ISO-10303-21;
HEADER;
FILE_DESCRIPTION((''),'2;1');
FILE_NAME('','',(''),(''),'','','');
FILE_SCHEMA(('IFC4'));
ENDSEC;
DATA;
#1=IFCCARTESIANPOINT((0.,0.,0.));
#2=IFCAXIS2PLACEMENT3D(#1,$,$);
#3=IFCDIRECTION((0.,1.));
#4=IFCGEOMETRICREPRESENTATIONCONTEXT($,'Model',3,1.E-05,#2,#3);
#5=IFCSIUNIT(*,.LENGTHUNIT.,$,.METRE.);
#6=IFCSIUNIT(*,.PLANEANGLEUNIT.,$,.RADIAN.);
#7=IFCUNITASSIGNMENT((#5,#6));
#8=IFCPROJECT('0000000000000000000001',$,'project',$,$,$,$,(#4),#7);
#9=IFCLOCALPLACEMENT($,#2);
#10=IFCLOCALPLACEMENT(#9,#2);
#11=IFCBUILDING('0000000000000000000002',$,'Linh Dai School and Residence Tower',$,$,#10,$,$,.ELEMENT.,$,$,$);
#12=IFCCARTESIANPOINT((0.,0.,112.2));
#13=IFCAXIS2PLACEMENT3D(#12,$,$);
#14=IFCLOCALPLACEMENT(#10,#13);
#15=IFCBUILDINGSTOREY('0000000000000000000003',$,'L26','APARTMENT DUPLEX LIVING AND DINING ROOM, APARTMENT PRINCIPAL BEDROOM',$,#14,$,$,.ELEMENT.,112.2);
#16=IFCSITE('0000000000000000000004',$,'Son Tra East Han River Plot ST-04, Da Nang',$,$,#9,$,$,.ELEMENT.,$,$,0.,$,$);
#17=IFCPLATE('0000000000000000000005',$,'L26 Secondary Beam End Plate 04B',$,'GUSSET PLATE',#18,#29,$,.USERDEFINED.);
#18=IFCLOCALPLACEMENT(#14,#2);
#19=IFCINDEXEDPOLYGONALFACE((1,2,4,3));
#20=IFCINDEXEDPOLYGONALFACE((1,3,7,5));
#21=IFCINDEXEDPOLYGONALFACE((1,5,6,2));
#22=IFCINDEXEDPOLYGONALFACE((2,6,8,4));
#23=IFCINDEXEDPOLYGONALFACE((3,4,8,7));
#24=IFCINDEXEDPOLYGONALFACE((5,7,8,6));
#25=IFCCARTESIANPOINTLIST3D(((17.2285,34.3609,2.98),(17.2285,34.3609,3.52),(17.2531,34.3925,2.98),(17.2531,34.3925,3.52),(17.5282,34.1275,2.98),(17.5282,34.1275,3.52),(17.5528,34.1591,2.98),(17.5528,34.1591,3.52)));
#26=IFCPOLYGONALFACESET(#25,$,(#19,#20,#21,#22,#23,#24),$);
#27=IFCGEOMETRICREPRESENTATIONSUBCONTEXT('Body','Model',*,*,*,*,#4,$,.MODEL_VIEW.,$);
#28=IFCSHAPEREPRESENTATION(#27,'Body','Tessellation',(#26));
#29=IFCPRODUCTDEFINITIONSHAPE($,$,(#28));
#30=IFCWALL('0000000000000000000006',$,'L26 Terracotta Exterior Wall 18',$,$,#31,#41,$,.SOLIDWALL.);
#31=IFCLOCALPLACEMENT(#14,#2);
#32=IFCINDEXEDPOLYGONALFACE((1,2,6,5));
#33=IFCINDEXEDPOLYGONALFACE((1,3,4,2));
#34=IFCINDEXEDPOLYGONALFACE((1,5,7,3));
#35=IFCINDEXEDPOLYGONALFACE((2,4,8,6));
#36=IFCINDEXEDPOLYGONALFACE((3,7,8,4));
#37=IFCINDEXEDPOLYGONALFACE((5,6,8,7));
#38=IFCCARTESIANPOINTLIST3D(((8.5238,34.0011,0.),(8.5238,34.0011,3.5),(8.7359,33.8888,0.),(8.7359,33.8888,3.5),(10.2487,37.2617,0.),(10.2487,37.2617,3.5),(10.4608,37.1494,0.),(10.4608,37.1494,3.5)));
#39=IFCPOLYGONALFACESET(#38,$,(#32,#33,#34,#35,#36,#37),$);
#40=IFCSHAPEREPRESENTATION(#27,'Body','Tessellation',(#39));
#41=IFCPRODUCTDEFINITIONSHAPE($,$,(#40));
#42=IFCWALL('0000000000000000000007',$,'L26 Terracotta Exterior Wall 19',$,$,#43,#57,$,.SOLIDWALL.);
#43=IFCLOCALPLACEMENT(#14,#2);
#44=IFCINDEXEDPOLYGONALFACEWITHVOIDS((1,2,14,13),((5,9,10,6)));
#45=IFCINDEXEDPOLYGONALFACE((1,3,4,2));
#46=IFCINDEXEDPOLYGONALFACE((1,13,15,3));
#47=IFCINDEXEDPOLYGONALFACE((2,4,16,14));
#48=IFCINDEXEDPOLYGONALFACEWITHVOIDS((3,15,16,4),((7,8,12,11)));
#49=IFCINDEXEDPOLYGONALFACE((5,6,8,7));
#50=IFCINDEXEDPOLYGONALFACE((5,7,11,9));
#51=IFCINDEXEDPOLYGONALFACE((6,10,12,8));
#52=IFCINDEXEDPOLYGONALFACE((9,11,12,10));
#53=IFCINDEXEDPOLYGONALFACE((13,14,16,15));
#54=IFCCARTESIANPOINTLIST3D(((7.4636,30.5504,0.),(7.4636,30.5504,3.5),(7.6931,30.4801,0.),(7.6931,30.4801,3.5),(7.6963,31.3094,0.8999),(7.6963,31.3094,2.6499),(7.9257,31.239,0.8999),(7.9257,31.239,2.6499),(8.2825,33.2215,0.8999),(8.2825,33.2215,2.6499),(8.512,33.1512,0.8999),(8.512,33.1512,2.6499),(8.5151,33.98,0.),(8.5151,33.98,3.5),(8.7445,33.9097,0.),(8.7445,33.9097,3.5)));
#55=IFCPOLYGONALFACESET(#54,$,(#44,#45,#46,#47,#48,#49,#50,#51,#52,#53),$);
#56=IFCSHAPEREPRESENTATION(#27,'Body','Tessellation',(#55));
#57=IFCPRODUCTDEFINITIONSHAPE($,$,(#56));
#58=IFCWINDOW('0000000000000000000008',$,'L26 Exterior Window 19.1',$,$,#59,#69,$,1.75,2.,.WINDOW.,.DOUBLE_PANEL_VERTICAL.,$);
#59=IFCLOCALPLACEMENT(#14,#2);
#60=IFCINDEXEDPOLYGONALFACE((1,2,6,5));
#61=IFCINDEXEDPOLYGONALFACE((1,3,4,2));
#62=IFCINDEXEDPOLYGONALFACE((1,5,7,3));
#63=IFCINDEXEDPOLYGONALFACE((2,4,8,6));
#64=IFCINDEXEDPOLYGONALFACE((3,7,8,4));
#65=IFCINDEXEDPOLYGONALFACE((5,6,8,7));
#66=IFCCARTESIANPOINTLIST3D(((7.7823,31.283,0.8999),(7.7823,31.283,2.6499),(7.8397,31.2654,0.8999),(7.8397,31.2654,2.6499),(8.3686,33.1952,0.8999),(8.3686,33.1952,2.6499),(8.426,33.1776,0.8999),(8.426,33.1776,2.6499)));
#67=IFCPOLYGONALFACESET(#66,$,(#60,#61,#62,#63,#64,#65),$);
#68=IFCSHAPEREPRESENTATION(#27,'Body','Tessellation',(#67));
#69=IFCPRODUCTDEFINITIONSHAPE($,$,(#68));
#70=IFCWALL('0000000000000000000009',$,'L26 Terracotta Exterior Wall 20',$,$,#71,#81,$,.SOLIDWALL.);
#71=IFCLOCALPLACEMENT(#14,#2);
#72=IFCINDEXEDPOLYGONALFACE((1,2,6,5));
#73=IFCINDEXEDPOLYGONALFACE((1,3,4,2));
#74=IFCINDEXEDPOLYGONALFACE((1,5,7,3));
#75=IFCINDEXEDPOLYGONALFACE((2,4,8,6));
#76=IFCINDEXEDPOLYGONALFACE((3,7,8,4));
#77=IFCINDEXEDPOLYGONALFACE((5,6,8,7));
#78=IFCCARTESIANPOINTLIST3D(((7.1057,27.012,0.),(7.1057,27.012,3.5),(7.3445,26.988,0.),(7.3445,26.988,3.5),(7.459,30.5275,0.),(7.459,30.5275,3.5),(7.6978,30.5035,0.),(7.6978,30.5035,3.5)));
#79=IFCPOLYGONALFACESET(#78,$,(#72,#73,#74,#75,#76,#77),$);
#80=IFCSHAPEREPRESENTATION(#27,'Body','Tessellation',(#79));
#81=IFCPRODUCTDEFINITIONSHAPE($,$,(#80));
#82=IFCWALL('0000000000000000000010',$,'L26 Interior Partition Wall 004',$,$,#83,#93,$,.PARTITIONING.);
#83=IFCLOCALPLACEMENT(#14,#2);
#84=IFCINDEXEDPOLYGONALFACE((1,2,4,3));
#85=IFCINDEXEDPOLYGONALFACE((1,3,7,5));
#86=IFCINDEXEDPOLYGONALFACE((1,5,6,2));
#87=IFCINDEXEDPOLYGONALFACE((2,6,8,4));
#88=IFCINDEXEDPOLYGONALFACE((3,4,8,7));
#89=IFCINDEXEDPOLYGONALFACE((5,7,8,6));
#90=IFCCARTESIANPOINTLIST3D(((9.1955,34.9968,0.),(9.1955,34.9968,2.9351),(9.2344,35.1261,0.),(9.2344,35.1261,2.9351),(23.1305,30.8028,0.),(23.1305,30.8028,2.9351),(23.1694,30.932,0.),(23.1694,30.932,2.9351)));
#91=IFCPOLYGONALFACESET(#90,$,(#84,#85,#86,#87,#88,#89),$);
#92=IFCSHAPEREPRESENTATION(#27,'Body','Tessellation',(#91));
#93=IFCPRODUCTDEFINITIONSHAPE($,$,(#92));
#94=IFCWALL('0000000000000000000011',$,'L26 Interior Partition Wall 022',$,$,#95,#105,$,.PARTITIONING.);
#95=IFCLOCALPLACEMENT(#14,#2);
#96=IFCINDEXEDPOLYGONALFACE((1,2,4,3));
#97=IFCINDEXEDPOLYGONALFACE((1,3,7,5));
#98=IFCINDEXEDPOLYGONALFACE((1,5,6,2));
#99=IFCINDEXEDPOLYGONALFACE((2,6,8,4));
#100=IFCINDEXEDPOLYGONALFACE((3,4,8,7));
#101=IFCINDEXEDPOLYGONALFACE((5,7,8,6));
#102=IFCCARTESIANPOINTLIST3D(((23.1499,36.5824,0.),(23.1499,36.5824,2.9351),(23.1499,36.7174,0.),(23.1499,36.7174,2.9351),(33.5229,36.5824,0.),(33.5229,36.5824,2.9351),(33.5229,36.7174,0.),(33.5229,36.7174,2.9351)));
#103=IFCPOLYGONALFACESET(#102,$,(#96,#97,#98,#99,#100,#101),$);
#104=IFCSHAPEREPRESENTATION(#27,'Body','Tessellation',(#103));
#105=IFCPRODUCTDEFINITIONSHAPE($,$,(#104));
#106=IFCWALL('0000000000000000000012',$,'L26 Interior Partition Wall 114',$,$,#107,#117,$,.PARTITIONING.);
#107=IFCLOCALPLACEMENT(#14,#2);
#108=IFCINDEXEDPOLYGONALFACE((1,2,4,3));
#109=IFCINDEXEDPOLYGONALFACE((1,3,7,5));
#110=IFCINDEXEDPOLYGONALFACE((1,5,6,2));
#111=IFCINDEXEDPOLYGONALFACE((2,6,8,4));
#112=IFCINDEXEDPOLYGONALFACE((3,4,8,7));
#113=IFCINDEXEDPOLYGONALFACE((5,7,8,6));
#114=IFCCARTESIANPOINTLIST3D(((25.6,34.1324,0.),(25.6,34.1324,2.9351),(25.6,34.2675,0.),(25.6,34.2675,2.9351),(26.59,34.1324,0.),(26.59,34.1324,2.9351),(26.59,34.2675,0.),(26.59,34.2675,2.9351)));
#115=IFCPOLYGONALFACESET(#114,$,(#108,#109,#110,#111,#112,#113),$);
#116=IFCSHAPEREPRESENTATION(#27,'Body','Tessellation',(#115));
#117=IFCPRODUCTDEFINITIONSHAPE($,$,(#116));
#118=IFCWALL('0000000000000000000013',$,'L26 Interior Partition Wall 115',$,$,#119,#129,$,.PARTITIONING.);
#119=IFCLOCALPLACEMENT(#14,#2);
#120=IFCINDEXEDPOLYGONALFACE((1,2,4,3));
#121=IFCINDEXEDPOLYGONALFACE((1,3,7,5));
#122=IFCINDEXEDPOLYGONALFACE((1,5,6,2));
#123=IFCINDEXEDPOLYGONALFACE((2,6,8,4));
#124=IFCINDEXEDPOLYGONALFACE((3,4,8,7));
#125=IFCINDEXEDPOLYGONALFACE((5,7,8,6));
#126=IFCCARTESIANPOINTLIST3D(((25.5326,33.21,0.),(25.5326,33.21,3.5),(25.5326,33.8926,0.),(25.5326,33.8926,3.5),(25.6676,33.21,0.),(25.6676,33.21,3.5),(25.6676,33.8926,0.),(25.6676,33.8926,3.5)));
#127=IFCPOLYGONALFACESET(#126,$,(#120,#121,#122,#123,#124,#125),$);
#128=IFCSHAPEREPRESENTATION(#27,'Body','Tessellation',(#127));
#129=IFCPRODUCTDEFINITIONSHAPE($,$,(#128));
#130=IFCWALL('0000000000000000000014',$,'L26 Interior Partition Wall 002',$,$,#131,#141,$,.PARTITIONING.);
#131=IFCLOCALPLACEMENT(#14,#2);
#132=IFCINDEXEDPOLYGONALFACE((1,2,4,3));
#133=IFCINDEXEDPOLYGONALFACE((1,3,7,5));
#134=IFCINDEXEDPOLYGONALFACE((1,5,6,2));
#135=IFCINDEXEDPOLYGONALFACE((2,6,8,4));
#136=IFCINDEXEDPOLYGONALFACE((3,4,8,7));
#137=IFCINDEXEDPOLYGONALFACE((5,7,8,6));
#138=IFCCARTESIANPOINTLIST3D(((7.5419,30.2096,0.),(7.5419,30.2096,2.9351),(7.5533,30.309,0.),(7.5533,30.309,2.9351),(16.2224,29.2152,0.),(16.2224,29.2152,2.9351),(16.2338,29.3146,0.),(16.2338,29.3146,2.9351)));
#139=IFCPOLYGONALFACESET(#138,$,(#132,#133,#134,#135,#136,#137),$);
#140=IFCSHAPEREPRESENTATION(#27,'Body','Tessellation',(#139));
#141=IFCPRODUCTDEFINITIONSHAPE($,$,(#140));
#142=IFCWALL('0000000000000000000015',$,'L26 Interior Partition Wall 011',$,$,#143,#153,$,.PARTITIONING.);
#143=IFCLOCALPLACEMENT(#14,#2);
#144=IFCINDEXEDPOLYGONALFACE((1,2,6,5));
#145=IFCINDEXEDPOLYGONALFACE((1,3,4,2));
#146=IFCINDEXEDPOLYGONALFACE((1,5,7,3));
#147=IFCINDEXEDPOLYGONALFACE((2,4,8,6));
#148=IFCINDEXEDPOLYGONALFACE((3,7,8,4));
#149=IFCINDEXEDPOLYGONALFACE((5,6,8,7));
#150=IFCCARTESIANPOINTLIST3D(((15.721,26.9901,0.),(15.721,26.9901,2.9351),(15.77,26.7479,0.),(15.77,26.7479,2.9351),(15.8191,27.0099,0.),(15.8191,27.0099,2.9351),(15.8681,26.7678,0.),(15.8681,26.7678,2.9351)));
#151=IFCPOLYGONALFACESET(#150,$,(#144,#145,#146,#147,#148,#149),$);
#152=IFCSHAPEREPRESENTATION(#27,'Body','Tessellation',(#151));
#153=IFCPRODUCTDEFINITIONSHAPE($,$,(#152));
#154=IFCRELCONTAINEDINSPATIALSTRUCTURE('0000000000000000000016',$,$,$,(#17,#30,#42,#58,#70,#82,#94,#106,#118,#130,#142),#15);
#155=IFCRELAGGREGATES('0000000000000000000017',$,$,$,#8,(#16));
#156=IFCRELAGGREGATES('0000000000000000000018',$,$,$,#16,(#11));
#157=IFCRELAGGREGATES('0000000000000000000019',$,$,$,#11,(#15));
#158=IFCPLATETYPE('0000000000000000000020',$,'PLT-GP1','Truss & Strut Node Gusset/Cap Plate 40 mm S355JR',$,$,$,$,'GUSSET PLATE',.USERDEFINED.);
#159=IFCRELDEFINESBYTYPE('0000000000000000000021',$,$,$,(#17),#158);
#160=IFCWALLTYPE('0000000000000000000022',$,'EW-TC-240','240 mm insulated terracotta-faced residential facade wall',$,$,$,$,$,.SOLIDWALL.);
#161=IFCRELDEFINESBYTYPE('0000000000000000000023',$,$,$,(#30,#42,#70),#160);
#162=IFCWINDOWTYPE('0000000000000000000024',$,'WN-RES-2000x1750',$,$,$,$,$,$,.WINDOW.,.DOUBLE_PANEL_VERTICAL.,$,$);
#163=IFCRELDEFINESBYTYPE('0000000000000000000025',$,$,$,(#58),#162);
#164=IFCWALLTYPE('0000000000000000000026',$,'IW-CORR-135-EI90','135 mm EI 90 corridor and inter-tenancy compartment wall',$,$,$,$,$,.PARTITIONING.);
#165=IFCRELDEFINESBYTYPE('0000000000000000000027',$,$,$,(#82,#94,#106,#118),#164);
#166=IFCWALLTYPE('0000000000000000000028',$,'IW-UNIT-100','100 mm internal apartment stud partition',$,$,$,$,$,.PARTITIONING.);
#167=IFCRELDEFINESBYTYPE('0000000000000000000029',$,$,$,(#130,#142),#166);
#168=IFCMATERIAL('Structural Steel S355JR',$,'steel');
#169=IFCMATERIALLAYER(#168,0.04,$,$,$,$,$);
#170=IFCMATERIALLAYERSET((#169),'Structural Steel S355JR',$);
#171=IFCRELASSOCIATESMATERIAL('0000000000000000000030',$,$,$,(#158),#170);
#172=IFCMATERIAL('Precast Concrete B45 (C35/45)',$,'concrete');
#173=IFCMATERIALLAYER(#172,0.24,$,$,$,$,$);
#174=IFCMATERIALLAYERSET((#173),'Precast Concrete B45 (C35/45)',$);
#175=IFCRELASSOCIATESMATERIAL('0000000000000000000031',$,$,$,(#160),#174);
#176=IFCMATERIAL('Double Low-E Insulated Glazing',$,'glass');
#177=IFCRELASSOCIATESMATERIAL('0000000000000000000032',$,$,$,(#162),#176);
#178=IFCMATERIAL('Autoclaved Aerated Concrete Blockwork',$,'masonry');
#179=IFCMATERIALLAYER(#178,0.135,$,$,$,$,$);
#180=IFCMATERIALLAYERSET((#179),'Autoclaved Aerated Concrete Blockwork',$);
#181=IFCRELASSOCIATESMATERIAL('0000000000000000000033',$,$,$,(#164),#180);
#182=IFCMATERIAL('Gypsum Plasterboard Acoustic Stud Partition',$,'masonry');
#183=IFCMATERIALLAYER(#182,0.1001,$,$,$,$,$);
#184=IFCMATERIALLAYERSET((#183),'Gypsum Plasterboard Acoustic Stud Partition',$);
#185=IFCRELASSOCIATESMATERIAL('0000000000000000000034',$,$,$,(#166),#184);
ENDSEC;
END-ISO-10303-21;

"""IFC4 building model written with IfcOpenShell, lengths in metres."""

from ifc_helpers import new_model, si_unit, direction, frame, frame_2d, origin, origin_2d, place, context, subcontext, project, spatial, rectangle, extrude, source, transform, mapped, material, layer, layer_set, type_object, element, fill, save


model = new_model("IFC4")

# Units and contexts
model_context = context("Model", 3, precision=1e-05, world=origin(), true_north=direction((0.0, 1.0)))
body_context = subcontext(model_context, "Body", "Model", "MODEL_VIEW")
ifc_project = project(units=[si_unit("LENGTHUNIT", "METRE"), si_unit("PLANEANGLEUNIT", "RADIAN")], contexts=[model_context])

# Site, building, storey
site_placement = place(None, origin())
site = spatial("IfcSite", under=ifc_project, at=site_placement, Name="Son Tra East Han River Plot ST-04, Da Nang", CompositionType="ELEMENT", RefElevation=0.0)
building_placement = place(site_placement, origin())
building = spatial("IfcBuilding", under=site, at=building_placement, Name="Linh Dai School and Residence Tower", CompositionType="ELEMENT")
storey_placement = place(building_placement, frame((0.0, 0.0, 112.2)))
storey = spatial("IfcBuildingStorey", under=building, at=storey_placement, Name="L26", Description="APARTMENT DUPLEX LIVING AND DINING ROOM, APARTMENT PRINCIPAL BEDROOM", CompositionType="ELEMENT", Elevation=112.2)

# Shared definitions
ifc_material_1 = material(Name="Structural Steel S355JR", Category="steel")

# Plate
ifc_layer_1 = layer(ifc_material_1, 0.04)
ifc_layer_set_1 = layer_set([ifc_layer_1], Name="Structural Steel S355JR")
plate_type = type_object("IfcPlateType", Name="PLT-GP1", Description="Truss & Strut Node Gusset/Cap Plate 40 mm S355JR", ElementType="GUSSET PLATE", PredefinedType="USERDEFINED", material=ifc_layer_set_1)
shared_shape_1 = source(origin(), body_context, "Body", "SweptSolid", [
    extrude(rectangle(XDim=0.04, YDim=0.3799, at=origin_2d()), origin(), (0.0, 0.0, 1.0), 0.54),
])
plate_placement = place(storey_placement, frame((17.3906, 34.26, 2.98), z_axis=(0.0, 0.0, 1.0), x_axis=(-0.614363, -0.789024, 0.0)))
element("IfcPlate", 1, at=plate_placement, inside=storey, type_object=plate_type, Name="L26 Secondary Beam End Plate 04B", ObjectType="GUSSET PLATE", PredefinedType="USERDEFINED", context=body_context, shape_type="MappedRepresentation", body=[
    mapped(shared_shape_1, transform((0.0, 0.0, 0.0), x_axis=(1.0, 0.0, 0.0), y_axis=(0.0, 1.0, 0.0), z_axis=(0.0, 0.0, 1.0), scale=1.0)),
])

# Wall
ifc_material_2 = material(Name="Precast Concrete B45 (C35/45)", Category="concrete")
ifc_layer_2 = layer(ifc_material_2, 0.24)
ifc_layer_set_2 = layer_set([ifc_layer_2], Name="Precast Concrete B45 (C35/45)")
wall_type_1 = type_object("IfcWallType", Name="EW-TC-240", Description="240 mm insulated terracotta-faced residential facade wall", PredefinedType="SOLIDWALL", material=ifc_layer_set_2)
wall_1_placement = place(storey_placement, frame((8.6299, 33.9451, 0.0), z_axis=(0.0, 0.0, 1.0), x_axis=(0.467614, 0.883933, 0.0)))
element("IfcWall", 2, at=wall_1_placement, inside=storey, type_object=wall_type_1, Name="L26 Terracotta Exterior Wall 18", PredefinedType="SOLIDWALL", context=body_context, shape_type="SweptSolid", body=[
    extrude(rectangle(XDim=3.6887, YDim=0.24, at=frame_2d((1.8442, 0.0))), origin(), (0.0, 0.0, 1.0), 3.5),
])

# Wall, opening, window
wall_2_placement = place(storey_placement, frame((7.5784, 30.5154, 0.0), z_axis=(0.0, 0.0, 1.0), x_axis=(0.293124, 0.956074, 0.0)))
wall_2 = element("IfcWall", 3, at=wall_2_placement, inside=storey, type_object=wall_type_1, Name="L26 Terracotta Exterior Wall 19", PredefinedType="SOLIDWALL", context=body_context, shape_type="SweptSolid", body=[
    extrude(rectangle(XDim=3.5872, YDim=0.24, at=frame_2d((1.7935, 0.0))), origin(), (0.0, 0.0, 1.0), 3.5),
])
opening_1_placement = place(wall_2_placement, frame((0.7937, 0.0, 0.8999)))
opening_1 = element("IfcOpeningElement", 4, at=opening_1_placement, cuts=wall_2, PredefinedType="OPENING", context=body_context, shape_type="SweptSolid", body=[
    extrude(rectangle(XDim=2.0, YDim=1.75, at=origin_2d()), frame((1.0, 0.1299, 0.875), z_axis=(0.0, -1.0, 0.0), x_axis=(1.0, 0.0, 0.0)), (0.0, 0.0, 1.0), 0.26),
])
ifc_material_3 = material(Name="Double Low-E Insulated Glazing", Category="glass")
window_type = type_object("IfcWindowType", Name="WN-RES-2000x1750", PartitioningType="DOUBLE_PANEL_VERTICAL", PredefinedType="WINDOW", material=ifc_material_3)
shared_shape_2 = source(origin(), body_context, "Body", "SweptSolid", [
    extrude(rectangle(XDim=2.0, YDim=1.75, at=origin_2d()), frame((1.0, 0.03, 0.875), z_axis=(0.0, -1.0, 0.0), x_axis=(1.0, 0.0, 0.0)), (0.0, 0.0, 1.0), 0.0601),
])
window_placement = place(opening_1_placement, origin())
window = element("IfcWindow", 5, at=window_placement, inside=storey, type_object=window_type, Name="L26 Exterior Window 19.1", OverallHeight=1.75, OverallWidth=2.0, PartitioningType="DOUBLE_PANEL_VERTICAL", PredefinedType="WINDOW", context=body_context, shape_type="MappedRepresentation", body=[
    mapped(shared_shape_2, transform((0.0, 0.0, 0.0), x_axis=(1.0, 0.0, 0.0), y_axis=(0.0, 1.0, 0.0), z_axis=(0.0, 0.0, 1.0), scale=1.0)),
])
fill(opening_1, window)

# Walls
wall_3_placement = place(storey_placement, frame((7.2251, 27.0, 0.0), z_axis=(0.0, 0.0, 1.0), x_axis=(0.099989, 0.994988, 0.0)))
element("IfcWall", 6, at=wall_3_placement, inside=storey, type_object=wall_type_1, Name="L26 Terracotta Exterior Wall 20", PredefinedType="SOLIDWALL", context=body_context, shape_type="SweptSolid", body=[
    extrude(rectangle(XDim=3.5332, YDim=0.24, at=frame_2d((1.7666, 0.0))), origin(), (0.0, 0.0, 1.0), 3.5),
])
ifc_material_4 = material(Name="Autoclaved Aerated Concrete Blockwork", Category="masonry")
ifc_layer_3 = layer(ifc_material_4, 0.135)
ifc_layer_set_3 = layer_set([ifc_layer_3], Name="Autoclaved Aerated Concrete Blockwork")
wall_type_2 = type_object("IfcWallType", Name="IW-CORR-135-EI90", Description="135 mm EI 90 corridor and inter-tenancy compartment wall", PredefinedType="PARTITIONING", material=ifc_layer_set_3)
wall_4_placement = place(storey_placement, frame((9.2148, 35.0615, 0.0), z_axis=(0.0, 0.0, 1.0), x_axis=(0.957569, -0.288204, 0.0)))
element("IfcWall", 7, at=wall_4_placement, inside=storey, type_object=wall_type_2, Name="L26 Interior Partition Wall 004", PredefinedType="PARTITIONING", context=body_context, shape_type="SweptSolid", body=[
    extrude(rectangle(XDim=14.5525, YDim=0.135, at=frame_2d((7.2764, 0.0))), origin(), (0.0, 0.0, 1.0), 2.9351),
])
wall_5_placement = place(storey_placement, frame((23.1499, 36.6499, 0.0), z_axis=(0.0, 0.0, 1.0), x_axis=(1.0, 0.0, 0.0)))
element("IfcWall", 8, at=wall_5_placement, inside=storey, type_object=wall_type_2, Name="L26 Interior Partition Wall 022", PredefinedType="PARTITIONING", context=body_context, shape_type="SweptSolid", body=[
    extrude(rectangle(XDim=10.373, YDim=0.135, at=frame_2d((5.1865, 0.0))), origin(), (0.0, 0.0, 1.0), 2.9351),
])
wall_6_placement = place(storey_placement, frame((26.5901, 34.2, 0.0), z_axis=(0.0, 0.0, 1.0), x_axis=(-1.0, 0.0, 0.0)))
element("IfcWall", 9, at=wall_6_placement, inside=storey, type_object=wall_type_2, Name="L26 Interior Partition Wall 114", PredefinedType="PARTITIONING", context=body_context, shape_type="SweptSolid", body=[
    extrude(rectangle(XDim=0.99, YDim=0.135, at=frame_2d((0.4951, 0.0))), origin(), (0.0, 0.0, 1.0), 2.9351),
])
wall_7_placement = place(storey_placement, frame((25.6001, 33.8926, 0.0), z_axis=(0.0, 0.0, 1.0), x_axis=(0.0, -1.0, 0.0)))
element("IfcWall", 10, at=wall_7_placement, inside=storey, type_object=wall_type_2, Name="L26 Interior Partition Wall 115", PredefinedType="PARTITIONING", context=body_context, shape_type="SweptSolid", body=[
    extrude(rectangle(XDim=0.6826, YDim=0.135, at=frame_2d((0.3413, 0.0))), origin(), (0.0, 0.0, 1.0), 3.5),
])
ifc_material_5 = material(Name="Gypsum Plasterboard Acoustic Stud Partition", Category="masonry")
ifc_layer_4 = layer(ifc_material_5, 0.1001)
ifc_layer_set_4 = layer_set([ifc_layer_4], Name="Gypsum Plasterboard Acoustic Stud Partition")
wall_type_3 = type_object("IfcWallType", Name="IW-UNIT-100", Description="100 mm internal apartment stud partition", PredefinedType="PARTITIONING", material=ifc_layer_set_4)
wall_8_placement = place(storey_placement, frame((7.5476, 30.2593, 0.0), z_axis=(0.0, 0.0, 1.0), x_axis=(0.993502, -0.113811, 0.0)))
element("IfcWall", 11, at=wall_8_placement, inside=storey, type_object=wall_type_3, Name="L26 Interior Partition Wall 002", PredefinedType="PARTITIONING", context=body_context, shape_type="SweptSolid", body=[
    extrude(rectangle(XDim=8.7373, YDim=0.1001, at=frame_2d((4.3687, 0.0))), origin(), (0.0, 0.0, 1.0), 2.9351),
])
wall_9_placement = place(storey_placement, frame((15.77, 27.0, 0.0), z_axis=(0.0, 0.0, 1.0), x_axis=(0.198585, -0.980084, 0.0)))
element("IfcWall", 12, at=wall_9_placement, inside=storey, type_object=wall_type_3, Name="L26 Interior Partition Wall 011", PredefinedType="PARTITIONING", context=body_context, shape_type="SweptSolid", body=[
    extrude(rectangle(XDim=0.2471, YDim=0.1001, at=frame_2d((0.1235, 0.0))), origin(), (0.0, 0.0, 1.0), 2.9351),
])

save(model, "model.ifc")
